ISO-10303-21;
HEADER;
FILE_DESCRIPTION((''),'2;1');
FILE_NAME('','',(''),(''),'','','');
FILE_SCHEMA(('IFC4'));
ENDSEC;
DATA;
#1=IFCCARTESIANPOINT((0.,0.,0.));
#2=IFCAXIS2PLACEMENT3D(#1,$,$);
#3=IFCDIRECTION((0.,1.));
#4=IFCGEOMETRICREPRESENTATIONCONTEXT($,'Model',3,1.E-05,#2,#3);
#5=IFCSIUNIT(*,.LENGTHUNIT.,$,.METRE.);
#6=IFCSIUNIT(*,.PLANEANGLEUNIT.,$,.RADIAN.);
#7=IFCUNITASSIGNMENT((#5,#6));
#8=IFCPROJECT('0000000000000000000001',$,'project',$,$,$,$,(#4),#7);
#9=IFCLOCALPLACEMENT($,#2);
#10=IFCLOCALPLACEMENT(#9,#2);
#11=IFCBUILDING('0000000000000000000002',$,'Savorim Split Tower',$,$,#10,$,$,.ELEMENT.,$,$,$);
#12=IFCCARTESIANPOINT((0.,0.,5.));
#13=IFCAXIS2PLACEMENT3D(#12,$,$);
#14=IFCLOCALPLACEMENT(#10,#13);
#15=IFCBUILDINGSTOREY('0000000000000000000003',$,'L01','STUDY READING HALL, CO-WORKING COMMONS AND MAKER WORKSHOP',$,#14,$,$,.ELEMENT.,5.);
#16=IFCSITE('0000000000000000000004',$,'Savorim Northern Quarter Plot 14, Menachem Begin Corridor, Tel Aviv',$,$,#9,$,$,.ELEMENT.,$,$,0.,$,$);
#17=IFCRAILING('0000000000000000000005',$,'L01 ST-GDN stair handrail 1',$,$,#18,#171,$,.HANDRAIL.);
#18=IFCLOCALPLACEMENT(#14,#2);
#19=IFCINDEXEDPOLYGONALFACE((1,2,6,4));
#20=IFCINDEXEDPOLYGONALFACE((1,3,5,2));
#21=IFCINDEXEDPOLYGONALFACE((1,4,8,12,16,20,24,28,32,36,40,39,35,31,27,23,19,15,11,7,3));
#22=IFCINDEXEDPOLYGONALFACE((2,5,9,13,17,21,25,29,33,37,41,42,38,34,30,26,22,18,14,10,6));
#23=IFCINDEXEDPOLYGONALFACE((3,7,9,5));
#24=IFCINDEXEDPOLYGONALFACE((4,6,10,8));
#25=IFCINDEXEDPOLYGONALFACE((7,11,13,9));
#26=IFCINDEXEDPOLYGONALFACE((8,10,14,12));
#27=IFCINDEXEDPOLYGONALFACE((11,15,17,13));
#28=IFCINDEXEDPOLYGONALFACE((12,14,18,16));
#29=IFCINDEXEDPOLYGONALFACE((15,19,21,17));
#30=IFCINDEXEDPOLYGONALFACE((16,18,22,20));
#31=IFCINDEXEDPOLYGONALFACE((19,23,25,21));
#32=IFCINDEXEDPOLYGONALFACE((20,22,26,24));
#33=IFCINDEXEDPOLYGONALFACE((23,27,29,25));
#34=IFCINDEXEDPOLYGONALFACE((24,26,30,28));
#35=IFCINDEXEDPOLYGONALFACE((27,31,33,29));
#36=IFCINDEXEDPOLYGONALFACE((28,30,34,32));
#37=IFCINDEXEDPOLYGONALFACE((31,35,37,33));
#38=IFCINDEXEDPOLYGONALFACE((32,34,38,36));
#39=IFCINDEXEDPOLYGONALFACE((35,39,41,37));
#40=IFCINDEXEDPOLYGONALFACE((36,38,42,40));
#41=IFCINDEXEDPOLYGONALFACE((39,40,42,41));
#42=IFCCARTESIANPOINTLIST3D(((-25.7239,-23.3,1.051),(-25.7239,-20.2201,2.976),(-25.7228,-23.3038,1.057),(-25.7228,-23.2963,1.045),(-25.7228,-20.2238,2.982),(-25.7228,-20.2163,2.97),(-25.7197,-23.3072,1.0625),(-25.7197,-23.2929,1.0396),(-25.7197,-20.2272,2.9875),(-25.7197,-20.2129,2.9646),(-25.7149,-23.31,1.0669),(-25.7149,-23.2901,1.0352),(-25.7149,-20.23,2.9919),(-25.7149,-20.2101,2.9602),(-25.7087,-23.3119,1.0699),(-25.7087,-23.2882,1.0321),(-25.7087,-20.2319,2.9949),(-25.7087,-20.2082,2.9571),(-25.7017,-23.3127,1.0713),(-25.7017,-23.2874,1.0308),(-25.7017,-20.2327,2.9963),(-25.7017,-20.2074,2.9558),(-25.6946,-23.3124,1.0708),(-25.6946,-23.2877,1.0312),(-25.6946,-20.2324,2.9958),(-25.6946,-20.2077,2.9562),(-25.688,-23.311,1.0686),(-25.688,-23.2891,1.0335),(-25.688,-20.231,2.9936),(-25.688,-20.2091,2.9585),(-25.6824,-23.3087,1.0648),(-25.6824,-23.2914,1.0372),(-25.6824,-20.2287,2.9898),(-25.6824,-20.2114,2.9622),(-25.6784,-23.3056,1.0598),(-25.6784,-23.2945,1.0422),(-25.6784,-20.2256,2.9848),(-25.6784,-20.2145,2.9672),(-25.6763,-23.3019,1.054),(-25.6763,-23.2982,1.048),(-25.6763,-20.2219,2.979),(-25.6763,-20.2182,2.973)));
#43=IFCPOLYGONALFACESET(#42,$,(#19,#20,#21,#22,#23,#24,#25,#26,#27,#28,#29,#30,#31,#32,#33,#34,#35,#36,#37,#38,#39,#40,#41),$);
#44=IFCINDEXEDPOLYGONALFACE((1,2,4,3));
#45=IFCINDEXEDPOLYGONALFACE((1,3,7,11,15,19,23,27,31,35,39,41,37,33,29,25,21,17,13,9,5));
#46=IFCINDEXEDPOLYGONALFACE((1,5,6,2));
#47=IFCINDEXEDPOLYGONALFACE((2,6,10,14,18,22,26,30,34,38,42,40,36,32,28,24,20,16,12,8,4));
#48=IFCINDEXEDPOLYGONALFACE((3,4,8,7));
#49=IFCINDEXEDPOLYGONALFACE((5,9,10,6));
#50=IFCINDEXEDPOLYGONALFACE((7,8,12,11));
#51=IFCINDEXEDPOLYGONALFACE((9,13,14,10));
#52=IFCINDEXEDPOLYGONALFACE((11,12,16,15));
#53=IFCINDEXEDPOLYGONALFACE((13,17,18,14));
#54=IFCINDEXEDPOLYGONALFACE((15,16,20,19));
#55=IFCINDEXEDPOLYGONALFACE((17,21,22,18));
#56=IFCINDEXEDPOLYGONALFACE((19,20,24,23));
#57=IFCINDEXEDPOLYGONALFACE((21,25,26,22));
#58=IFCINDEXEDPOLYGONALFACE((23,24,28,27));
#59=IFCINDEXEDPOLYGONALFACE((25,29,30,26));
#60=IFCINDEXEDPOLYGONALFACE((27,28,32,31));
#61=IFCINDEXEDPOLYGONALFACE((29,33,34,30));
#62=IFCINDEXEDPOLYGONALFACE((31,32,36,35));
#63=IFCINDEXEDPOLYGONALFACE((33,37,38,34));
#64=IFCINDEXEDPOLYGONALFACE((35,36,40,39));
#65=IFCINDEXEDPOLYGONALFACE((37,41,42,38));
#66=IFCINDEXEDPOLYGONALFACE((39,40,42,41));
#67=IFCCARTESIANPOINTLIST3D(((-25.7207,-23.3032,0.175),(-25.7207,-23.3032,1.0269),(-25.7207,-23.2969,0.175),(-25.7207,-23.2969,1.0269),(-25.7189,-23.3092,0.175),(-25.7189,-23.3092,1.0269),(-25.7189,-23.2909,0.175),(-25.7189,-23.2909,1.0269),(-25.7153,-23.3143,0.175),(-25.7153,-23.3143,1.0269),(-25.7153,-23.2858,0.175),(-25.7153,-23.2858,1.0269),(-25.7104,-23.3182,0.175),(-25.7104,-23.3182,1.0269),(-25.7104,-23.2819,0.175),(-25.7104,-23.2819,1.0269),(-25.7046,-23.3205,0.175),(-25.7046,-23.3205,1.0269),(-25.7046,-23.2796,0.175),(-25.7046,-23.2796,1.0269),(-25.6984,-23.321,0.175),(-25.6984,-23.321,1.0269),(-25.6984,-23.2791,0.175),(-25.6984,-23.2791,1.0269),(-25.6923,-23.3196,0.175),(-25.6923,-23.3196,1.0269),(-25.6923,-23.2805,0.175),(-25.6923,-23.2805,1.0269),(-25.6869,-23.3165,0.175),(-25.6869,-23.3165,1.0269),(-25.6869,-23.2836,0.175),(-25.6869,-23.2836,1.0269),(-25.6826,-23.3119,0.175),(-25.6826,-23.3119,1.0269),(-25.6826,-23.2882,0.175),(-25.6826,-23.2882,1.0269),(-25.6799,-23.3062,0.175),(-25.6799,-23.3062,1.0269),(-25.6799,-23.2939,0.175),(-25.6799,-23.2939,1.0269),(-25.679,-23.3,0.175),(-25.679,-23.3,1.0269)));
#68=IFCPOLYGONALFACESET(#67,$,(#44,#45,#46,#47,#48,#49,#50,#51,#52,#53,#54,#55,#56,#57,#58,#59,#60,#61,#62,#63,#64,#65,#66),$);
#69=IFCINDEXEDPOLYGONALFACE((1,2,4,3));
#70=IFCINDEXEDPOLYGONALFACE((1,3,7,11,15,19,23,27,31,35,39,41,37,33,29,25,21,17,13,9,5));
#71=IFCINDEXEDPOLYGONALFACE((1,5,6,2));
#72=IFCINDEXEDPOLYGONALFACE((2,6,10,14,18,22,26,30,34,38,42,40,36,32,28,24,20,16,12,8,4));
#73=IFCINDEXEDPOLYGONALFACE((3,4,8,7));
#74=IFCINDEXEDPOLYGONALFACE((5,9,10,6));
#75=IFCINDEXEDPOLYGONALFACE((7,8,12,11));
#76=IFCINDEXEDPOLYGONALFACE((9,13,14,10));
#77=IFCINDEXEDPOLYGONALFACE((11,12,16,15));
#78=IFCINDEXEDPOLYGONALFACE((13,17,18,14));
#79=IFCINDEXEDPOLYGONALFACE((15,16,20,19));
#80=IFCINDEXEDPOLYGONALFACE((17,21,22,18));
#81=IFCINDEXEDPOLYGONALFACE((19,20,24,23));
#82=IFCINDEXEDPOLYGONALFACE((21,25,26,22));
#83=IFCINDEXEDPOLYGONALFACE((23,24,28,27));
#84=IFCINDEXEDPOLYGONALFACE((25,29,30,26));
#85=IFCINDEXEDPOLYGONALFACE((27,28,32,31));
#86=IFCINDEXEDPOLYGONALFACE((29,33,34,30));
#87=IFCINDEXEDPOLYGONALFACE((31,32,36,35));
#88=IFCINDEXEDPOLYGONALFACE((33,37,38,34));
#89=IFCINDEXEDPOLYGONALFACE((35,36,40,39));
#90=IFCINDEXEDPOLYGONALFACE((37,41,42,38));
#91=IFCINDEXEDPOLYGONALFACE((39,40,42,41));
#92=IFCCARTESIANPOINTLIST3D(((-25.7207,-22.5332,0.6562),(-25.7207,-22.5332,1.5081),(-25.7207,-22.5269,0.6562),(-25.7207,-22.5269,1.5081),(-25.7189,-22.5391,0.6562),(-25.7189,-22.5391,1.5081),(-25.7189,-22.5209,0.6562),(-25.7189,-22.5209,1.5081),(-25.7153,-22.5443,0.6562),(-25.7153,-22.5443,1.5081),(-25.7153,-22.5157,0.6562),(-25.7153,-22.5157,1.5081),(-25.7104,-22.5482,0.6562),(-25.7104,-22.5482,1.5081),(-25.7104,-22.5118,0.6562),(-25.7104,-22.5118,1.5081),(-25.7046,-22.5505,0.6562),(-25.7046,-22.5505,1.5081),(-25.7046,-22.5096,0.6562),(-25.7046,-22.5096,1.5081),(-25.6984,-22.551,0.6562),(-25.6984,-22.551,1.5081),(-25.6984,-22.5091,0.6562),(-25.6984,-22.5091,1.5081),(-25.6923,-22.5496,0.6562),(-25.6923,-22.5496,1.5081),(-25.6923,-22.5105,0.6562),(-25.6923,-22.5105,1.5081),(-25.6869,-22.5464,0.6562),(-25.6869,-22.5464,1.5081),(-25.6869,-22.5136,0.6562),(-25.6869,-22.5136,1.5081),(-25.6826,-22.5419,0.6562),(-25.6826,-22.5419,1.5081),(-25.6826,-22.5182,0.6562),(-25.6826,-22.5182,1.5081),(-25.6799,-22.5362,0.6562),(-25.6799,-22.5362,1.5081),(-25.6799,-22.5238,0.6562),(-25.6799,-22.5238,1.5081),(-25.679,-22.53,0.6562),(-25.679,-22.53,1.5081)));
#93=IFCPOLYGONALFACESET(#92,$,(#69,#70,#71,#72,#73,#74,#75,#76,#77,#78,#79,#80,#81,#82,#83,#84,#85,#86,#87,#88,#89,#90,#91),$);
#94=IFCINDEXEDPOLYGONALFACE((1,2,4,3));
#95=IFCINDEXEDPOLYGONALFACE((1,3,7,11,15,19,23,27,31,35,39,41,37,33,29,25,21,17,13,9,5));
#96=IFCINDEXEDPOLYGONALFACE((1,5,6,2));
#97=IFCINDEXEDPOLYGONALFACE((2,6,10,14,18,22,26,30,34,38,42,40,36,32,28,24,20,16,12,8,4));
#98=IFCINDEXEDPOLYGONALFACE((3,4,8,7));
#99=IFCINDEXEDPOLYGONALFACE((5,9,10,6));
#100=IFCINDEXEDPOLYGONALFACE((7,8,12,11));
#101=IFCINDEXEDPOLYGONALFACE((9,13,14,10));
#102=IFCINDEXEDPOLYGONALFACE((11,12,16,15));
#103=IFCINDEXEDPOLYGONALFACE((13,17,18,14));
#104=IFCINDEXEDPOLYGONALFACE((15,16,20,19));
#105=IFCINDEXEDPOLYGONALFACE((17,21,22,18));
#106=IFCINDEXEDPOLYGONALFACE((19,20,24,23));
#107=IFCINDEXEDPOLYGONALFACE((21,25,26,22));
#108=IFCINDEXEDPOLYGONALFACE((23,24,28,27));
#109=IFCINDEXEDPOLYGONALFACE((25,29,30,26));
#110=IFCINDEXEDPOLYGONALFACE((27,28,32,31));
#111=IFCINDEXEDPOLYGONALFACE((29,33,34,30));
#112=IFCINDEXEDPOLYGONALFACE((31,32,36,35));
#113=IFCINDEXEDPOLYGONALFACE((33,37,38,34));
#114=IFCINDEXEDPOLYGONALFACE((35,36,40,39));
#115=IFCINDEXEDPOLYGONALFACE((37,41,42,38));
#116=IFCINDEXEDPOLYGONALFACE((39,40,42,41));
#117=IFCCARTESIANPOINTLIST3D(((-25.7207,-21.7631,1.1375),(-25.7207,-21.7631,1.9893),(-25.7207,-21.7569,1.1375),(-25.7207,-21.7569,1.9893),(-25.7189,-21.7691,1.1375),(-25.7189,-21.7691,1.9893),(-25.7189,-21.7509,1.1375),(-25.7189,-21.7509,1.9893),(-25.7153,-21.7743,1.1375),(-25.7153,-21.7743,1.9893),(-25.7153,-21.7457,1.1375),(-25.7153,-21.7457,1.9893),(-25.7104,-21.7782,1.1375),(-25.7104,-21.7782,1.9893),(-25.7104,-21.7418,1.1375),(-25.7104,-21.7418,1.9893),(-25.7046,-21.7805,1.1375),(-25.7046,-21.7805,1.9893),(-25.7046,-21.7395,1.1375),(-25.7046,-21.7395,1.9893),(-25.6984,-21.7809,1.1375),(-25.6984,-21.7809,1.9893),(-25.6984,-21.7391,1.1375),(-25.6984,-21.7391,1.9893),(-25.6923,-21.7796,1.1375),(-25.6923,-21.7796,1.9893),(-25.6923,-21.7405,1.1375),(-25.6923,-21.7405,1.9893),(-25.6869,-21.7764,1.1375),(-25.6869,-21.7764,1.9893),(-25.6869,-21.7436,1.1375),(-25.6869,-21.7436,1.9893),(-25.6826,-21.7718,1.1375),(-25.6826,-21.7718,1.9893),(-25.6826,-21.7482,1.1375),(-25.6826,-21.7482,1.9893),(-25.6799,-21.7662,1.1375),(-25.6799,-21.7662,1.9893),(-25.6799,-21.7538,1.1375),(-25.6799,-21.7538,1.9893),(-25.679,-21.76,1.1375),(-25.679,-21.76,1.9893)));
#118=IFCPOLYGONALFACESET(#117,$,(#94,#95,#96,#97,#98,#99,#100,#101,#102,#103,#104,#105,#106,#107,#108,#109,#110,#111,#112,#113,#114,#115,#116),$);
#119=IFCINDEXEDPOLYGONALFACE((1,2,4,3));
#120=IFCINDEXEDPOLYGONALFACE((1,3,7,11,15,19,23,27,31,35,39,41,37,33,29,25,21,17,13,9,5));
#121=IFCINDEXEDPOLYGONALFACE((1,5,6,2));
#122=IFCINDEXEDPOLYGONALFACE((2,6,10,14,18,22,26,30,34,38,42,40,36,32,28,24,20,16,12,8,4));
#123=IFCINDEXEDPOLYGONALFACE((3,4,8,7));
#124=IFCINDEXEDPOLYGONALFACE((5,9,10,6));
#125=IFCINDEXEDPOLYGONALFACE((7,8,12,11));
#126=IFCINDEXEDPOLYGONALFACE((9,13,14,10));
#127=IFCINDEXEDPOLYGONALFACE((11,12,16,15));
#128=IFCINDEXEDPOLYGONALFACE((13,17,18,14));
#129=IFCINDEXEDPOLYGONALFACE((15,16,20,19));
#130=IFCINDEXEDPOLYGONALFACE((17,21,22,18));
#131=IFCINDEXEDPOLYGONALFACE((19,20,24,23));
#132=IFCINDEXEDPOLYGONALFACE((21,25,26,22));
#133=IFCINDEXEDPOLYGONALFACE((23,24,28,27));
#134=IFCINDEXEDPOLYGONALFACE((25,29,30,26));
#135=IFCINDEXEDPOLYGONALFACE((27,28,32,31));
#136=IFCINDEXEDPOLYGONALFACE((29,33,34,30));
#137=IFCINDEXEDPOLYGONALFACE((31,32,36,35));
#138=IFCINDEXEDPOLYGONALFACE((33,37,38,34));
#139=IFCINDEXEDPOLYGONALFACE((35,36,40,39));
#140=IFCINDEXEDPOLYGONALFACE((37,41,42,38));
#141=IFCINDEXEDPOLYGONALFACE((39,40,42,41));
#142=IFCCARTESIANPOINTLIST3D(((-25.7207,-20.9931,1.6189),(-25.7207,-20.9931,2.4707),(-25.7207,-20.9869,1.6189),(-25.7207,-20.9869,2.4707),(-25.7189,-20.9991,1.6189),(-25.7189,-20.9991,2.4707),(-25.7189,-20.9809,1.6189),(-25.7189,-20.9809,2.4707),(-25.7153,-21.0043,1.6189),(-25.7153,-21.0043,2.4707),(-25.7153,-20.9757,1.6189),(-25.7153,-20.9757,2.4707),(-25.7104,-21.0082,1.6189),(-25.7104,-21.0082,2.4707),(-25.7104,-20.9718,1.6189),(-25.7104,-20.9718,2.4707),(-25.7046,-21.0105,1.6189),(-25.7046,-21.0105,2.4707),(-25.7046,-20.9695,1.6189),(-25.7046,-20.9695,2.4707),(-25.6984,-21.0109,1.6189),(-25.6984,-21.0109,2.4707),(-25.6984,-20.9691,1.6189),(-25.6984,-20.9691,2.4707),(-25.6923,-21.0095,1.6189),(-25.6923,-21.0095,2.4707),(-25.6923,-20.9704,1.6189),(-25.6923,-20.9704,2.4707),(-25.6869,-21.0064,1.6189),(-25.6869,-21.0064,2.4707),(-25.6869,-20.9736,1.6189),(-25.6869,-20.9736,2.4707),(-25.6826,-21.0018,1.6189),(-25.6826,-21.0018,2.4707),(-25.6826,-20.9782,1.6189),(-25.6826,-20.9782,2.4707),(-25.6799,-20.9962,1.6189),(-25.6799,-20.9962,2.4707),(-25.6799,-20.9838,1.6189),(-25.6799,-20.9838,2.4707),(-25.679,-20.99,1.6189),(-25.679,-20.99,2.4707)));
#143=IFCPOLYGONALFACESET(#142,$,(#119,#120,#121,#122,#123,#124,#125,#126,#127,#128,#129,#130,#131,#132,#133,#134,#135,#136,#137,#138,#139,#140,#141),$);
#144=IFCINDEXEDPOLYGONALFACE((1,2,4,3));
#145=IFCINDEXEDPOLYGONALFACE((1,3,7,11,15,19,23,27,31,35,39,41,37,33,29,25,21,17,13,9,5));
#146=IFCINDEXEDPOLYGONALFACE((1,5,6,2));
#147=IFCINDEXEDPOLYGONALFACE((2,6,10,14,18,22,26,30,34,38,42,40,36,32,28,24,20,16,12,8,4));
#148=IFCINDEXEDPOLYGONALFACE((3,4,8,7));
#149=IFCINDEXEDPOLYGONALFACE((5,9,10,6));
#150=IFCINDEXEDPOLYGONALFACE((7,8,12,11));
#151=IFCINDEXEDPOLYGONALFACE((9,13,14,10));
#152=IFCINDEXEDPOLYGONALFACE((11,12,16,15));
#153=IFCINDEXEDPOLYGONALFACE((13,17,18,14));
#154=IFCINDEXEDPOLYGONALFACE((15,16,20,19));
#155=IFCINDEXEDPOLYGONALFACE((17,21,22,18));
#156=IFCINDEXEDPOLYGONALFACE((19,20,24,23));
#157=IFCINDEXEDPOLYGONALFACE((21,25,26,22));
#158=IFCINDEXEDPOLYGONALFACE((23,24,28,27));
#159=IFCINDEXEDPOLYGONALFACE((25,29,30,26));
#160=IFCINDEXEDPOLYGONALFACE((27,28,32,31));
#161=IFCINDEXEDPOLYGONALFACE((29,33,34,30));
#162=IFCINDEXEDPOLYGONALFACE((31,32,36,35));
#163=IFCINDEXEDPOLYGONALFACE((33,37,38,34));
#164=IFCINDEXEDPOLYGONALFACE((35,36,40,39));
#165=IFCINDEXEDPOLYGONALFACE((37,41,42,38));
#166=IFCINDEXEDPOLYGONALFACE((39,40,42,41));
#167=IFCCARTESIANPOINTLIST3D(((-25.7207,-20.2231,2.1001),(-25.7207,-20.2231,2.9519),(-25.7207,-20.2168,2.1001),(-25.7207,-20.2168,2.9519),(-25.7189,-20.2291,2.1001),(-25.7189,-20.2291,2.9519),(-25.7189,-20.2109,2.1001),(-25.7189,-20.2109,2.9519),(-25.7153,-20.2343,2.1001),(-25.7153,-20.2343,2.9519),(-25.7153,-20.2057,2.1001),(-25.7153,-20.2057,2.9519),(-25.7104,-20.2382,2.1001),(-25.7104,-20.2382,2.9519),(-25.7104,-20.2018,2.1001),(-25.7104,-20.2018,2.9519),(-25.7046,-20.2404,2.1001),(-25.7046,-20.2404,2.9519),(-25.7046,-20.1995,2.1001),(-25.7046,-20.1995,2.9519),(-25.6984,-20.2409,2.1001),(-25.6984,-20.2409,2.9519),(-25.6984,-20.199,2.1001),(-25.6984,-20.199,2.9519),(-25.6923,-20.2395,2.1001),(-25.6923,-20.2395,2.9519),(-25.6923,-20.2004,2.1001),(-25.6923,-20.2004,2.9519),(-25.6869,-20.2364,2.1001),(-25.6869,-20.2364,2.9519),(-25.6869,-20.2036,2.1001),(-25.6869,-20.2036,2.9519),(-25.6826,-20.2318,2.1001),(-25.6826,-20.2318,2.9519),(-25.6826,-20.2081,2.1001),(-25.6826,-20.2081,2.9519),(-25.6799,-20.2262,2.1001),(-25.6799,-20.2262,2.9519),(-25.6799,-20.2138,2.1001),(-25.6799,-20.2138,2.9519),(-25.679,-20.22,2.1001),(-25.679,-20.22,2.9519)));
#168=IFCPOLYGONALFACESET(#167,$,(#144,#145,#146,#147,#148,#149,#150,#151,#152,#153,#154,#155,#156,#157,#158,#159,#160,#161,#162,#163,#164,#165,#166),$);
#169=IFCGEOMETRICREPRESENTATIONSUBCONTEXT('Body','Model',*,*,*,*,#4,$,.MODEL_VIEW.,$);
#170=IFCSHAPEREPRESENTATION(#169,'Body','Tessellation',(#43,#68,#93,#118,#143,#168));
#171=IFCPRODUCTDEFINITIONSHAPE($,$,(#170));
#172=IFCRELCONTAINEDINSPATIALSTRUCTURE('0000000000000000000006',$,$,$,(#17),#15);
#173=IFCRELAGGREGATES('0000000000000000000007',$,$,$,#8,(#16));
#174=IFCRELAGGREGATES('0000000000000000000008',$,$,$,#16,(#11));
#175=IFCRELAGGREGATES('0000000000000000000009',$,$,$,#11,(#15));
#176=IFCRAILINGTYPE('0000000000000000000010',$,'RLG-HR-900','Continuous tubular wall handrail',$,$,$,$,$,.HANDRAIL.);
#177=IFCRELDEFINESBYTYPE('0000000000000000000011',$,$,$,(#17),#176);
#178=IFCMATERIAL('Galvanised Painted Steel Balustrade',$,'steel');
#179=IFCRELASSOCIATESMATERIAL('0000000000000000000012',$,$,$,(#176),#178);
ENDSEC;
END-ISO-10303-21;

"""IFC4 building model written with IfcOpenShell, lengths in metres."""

from ifc_helpers import new_model, si_unit, direction, frame, origin, origin_2d, place, context, subcontext, project, spatial, circle, extrude, material, type_object, element, save


model = new_model("IFC4")

# Units and contexts
model_context = context("Model", 3, precision=1e-05, world=origin(), true_north=direction((0.0, 1.0)))
body_context = subcontext(model_context, "Body", "Model", "MODEL_VIEW")
ifc_project = project(units=[si_unit("LENGTHUNIT", "METRE"), si_unit("PLANEANGLEUNIT", "RADIAN")], contexts=[model_context])

# Site, building, storey
site_placement = place(None, origin())
site = spatial("IfcSite", under=ifc_project, at=site_placement, Name="Savorim Northern Quarter Plot 14, Menachem Begin Corridor, Tel Aviv", CompositionType="ELEMENT", RefElevation=0.0)
building_placement = place(site_placement, origin())
building = spatial("IfcBuilding", under=site, at=building_placement, Name="Savorim Split Tower", CompositionType="ELEMENT")
storey_placement = place(building_placement, frame((0.0, 0.0, 5.0)))
storey = spatial("IfcBuildingStorey", under=building, at=storey_placement, Name="L01", Description="STUDY READING HALL, CO-WORKING COMMONS AND MAKER WORKSHOP", CompositionType="ELEMENT", Elevation=5.0)

# Railing
ifc_material_1 = material(Name="Galvanised Painted Steel Balustrade", Category="steel")
railing_type_1 = type_object("IfcRailingType", Name="RLG-HR-900", Description="Continuous tubular wall handrail", PredefinedType="HANDRAIL", material=ifc_material_1)
railing_1_placement = place(storey_placement, frame((-25.7, -23.3, 0.175)))
element("IfcRailing", 1, at=railing_1_placement, inside=storey, type_object=railing_type_1, Name="L01 ST-GDN stair handrail 1", PredefinedType="HANDRAIL", context=body_context, shape_type="SweptSolid", body=[
    extrude(circle(Radius=0.0239, at=origin_2d()), frame((0.0, 0.0, 0.876), z_axis=(0.0, 0.847998, 0.529999), x_axis=(-1.0, 0.0, 0.0)), (0.0, 0.0, 1.0), 3.6321),
    extrude(circle(Radius=0.021, at=origin_2d()), origin(), (0.0, 0.0, 1.0), 0.8518),
    extrude(circle(Radius=0.021, at=origin_2d()), frame((0.0, 0.77, 0.4812)), (0.0, 0.0, 1.0), 0.8518),
    extrude(circle(Radius=0.021, at=origin_2d()), frame((0.0, 1.54, 0.9624)), (0.0, 0.0, 1.0), 0.8518),
    extrude(circle(Radius=0.021, at=origin_2d()), frame((0.0, 2.3101, 1.4438)), (0.0, 0.0, 1.0), 0.8518),
    extrude(circle(Radius=0.021, at=origin_2d()), frame((0.0, 3.0801, 1.925)), (0.0, 0.0, 1.0), 0.8518),
])

save(model, "model.ifc")
